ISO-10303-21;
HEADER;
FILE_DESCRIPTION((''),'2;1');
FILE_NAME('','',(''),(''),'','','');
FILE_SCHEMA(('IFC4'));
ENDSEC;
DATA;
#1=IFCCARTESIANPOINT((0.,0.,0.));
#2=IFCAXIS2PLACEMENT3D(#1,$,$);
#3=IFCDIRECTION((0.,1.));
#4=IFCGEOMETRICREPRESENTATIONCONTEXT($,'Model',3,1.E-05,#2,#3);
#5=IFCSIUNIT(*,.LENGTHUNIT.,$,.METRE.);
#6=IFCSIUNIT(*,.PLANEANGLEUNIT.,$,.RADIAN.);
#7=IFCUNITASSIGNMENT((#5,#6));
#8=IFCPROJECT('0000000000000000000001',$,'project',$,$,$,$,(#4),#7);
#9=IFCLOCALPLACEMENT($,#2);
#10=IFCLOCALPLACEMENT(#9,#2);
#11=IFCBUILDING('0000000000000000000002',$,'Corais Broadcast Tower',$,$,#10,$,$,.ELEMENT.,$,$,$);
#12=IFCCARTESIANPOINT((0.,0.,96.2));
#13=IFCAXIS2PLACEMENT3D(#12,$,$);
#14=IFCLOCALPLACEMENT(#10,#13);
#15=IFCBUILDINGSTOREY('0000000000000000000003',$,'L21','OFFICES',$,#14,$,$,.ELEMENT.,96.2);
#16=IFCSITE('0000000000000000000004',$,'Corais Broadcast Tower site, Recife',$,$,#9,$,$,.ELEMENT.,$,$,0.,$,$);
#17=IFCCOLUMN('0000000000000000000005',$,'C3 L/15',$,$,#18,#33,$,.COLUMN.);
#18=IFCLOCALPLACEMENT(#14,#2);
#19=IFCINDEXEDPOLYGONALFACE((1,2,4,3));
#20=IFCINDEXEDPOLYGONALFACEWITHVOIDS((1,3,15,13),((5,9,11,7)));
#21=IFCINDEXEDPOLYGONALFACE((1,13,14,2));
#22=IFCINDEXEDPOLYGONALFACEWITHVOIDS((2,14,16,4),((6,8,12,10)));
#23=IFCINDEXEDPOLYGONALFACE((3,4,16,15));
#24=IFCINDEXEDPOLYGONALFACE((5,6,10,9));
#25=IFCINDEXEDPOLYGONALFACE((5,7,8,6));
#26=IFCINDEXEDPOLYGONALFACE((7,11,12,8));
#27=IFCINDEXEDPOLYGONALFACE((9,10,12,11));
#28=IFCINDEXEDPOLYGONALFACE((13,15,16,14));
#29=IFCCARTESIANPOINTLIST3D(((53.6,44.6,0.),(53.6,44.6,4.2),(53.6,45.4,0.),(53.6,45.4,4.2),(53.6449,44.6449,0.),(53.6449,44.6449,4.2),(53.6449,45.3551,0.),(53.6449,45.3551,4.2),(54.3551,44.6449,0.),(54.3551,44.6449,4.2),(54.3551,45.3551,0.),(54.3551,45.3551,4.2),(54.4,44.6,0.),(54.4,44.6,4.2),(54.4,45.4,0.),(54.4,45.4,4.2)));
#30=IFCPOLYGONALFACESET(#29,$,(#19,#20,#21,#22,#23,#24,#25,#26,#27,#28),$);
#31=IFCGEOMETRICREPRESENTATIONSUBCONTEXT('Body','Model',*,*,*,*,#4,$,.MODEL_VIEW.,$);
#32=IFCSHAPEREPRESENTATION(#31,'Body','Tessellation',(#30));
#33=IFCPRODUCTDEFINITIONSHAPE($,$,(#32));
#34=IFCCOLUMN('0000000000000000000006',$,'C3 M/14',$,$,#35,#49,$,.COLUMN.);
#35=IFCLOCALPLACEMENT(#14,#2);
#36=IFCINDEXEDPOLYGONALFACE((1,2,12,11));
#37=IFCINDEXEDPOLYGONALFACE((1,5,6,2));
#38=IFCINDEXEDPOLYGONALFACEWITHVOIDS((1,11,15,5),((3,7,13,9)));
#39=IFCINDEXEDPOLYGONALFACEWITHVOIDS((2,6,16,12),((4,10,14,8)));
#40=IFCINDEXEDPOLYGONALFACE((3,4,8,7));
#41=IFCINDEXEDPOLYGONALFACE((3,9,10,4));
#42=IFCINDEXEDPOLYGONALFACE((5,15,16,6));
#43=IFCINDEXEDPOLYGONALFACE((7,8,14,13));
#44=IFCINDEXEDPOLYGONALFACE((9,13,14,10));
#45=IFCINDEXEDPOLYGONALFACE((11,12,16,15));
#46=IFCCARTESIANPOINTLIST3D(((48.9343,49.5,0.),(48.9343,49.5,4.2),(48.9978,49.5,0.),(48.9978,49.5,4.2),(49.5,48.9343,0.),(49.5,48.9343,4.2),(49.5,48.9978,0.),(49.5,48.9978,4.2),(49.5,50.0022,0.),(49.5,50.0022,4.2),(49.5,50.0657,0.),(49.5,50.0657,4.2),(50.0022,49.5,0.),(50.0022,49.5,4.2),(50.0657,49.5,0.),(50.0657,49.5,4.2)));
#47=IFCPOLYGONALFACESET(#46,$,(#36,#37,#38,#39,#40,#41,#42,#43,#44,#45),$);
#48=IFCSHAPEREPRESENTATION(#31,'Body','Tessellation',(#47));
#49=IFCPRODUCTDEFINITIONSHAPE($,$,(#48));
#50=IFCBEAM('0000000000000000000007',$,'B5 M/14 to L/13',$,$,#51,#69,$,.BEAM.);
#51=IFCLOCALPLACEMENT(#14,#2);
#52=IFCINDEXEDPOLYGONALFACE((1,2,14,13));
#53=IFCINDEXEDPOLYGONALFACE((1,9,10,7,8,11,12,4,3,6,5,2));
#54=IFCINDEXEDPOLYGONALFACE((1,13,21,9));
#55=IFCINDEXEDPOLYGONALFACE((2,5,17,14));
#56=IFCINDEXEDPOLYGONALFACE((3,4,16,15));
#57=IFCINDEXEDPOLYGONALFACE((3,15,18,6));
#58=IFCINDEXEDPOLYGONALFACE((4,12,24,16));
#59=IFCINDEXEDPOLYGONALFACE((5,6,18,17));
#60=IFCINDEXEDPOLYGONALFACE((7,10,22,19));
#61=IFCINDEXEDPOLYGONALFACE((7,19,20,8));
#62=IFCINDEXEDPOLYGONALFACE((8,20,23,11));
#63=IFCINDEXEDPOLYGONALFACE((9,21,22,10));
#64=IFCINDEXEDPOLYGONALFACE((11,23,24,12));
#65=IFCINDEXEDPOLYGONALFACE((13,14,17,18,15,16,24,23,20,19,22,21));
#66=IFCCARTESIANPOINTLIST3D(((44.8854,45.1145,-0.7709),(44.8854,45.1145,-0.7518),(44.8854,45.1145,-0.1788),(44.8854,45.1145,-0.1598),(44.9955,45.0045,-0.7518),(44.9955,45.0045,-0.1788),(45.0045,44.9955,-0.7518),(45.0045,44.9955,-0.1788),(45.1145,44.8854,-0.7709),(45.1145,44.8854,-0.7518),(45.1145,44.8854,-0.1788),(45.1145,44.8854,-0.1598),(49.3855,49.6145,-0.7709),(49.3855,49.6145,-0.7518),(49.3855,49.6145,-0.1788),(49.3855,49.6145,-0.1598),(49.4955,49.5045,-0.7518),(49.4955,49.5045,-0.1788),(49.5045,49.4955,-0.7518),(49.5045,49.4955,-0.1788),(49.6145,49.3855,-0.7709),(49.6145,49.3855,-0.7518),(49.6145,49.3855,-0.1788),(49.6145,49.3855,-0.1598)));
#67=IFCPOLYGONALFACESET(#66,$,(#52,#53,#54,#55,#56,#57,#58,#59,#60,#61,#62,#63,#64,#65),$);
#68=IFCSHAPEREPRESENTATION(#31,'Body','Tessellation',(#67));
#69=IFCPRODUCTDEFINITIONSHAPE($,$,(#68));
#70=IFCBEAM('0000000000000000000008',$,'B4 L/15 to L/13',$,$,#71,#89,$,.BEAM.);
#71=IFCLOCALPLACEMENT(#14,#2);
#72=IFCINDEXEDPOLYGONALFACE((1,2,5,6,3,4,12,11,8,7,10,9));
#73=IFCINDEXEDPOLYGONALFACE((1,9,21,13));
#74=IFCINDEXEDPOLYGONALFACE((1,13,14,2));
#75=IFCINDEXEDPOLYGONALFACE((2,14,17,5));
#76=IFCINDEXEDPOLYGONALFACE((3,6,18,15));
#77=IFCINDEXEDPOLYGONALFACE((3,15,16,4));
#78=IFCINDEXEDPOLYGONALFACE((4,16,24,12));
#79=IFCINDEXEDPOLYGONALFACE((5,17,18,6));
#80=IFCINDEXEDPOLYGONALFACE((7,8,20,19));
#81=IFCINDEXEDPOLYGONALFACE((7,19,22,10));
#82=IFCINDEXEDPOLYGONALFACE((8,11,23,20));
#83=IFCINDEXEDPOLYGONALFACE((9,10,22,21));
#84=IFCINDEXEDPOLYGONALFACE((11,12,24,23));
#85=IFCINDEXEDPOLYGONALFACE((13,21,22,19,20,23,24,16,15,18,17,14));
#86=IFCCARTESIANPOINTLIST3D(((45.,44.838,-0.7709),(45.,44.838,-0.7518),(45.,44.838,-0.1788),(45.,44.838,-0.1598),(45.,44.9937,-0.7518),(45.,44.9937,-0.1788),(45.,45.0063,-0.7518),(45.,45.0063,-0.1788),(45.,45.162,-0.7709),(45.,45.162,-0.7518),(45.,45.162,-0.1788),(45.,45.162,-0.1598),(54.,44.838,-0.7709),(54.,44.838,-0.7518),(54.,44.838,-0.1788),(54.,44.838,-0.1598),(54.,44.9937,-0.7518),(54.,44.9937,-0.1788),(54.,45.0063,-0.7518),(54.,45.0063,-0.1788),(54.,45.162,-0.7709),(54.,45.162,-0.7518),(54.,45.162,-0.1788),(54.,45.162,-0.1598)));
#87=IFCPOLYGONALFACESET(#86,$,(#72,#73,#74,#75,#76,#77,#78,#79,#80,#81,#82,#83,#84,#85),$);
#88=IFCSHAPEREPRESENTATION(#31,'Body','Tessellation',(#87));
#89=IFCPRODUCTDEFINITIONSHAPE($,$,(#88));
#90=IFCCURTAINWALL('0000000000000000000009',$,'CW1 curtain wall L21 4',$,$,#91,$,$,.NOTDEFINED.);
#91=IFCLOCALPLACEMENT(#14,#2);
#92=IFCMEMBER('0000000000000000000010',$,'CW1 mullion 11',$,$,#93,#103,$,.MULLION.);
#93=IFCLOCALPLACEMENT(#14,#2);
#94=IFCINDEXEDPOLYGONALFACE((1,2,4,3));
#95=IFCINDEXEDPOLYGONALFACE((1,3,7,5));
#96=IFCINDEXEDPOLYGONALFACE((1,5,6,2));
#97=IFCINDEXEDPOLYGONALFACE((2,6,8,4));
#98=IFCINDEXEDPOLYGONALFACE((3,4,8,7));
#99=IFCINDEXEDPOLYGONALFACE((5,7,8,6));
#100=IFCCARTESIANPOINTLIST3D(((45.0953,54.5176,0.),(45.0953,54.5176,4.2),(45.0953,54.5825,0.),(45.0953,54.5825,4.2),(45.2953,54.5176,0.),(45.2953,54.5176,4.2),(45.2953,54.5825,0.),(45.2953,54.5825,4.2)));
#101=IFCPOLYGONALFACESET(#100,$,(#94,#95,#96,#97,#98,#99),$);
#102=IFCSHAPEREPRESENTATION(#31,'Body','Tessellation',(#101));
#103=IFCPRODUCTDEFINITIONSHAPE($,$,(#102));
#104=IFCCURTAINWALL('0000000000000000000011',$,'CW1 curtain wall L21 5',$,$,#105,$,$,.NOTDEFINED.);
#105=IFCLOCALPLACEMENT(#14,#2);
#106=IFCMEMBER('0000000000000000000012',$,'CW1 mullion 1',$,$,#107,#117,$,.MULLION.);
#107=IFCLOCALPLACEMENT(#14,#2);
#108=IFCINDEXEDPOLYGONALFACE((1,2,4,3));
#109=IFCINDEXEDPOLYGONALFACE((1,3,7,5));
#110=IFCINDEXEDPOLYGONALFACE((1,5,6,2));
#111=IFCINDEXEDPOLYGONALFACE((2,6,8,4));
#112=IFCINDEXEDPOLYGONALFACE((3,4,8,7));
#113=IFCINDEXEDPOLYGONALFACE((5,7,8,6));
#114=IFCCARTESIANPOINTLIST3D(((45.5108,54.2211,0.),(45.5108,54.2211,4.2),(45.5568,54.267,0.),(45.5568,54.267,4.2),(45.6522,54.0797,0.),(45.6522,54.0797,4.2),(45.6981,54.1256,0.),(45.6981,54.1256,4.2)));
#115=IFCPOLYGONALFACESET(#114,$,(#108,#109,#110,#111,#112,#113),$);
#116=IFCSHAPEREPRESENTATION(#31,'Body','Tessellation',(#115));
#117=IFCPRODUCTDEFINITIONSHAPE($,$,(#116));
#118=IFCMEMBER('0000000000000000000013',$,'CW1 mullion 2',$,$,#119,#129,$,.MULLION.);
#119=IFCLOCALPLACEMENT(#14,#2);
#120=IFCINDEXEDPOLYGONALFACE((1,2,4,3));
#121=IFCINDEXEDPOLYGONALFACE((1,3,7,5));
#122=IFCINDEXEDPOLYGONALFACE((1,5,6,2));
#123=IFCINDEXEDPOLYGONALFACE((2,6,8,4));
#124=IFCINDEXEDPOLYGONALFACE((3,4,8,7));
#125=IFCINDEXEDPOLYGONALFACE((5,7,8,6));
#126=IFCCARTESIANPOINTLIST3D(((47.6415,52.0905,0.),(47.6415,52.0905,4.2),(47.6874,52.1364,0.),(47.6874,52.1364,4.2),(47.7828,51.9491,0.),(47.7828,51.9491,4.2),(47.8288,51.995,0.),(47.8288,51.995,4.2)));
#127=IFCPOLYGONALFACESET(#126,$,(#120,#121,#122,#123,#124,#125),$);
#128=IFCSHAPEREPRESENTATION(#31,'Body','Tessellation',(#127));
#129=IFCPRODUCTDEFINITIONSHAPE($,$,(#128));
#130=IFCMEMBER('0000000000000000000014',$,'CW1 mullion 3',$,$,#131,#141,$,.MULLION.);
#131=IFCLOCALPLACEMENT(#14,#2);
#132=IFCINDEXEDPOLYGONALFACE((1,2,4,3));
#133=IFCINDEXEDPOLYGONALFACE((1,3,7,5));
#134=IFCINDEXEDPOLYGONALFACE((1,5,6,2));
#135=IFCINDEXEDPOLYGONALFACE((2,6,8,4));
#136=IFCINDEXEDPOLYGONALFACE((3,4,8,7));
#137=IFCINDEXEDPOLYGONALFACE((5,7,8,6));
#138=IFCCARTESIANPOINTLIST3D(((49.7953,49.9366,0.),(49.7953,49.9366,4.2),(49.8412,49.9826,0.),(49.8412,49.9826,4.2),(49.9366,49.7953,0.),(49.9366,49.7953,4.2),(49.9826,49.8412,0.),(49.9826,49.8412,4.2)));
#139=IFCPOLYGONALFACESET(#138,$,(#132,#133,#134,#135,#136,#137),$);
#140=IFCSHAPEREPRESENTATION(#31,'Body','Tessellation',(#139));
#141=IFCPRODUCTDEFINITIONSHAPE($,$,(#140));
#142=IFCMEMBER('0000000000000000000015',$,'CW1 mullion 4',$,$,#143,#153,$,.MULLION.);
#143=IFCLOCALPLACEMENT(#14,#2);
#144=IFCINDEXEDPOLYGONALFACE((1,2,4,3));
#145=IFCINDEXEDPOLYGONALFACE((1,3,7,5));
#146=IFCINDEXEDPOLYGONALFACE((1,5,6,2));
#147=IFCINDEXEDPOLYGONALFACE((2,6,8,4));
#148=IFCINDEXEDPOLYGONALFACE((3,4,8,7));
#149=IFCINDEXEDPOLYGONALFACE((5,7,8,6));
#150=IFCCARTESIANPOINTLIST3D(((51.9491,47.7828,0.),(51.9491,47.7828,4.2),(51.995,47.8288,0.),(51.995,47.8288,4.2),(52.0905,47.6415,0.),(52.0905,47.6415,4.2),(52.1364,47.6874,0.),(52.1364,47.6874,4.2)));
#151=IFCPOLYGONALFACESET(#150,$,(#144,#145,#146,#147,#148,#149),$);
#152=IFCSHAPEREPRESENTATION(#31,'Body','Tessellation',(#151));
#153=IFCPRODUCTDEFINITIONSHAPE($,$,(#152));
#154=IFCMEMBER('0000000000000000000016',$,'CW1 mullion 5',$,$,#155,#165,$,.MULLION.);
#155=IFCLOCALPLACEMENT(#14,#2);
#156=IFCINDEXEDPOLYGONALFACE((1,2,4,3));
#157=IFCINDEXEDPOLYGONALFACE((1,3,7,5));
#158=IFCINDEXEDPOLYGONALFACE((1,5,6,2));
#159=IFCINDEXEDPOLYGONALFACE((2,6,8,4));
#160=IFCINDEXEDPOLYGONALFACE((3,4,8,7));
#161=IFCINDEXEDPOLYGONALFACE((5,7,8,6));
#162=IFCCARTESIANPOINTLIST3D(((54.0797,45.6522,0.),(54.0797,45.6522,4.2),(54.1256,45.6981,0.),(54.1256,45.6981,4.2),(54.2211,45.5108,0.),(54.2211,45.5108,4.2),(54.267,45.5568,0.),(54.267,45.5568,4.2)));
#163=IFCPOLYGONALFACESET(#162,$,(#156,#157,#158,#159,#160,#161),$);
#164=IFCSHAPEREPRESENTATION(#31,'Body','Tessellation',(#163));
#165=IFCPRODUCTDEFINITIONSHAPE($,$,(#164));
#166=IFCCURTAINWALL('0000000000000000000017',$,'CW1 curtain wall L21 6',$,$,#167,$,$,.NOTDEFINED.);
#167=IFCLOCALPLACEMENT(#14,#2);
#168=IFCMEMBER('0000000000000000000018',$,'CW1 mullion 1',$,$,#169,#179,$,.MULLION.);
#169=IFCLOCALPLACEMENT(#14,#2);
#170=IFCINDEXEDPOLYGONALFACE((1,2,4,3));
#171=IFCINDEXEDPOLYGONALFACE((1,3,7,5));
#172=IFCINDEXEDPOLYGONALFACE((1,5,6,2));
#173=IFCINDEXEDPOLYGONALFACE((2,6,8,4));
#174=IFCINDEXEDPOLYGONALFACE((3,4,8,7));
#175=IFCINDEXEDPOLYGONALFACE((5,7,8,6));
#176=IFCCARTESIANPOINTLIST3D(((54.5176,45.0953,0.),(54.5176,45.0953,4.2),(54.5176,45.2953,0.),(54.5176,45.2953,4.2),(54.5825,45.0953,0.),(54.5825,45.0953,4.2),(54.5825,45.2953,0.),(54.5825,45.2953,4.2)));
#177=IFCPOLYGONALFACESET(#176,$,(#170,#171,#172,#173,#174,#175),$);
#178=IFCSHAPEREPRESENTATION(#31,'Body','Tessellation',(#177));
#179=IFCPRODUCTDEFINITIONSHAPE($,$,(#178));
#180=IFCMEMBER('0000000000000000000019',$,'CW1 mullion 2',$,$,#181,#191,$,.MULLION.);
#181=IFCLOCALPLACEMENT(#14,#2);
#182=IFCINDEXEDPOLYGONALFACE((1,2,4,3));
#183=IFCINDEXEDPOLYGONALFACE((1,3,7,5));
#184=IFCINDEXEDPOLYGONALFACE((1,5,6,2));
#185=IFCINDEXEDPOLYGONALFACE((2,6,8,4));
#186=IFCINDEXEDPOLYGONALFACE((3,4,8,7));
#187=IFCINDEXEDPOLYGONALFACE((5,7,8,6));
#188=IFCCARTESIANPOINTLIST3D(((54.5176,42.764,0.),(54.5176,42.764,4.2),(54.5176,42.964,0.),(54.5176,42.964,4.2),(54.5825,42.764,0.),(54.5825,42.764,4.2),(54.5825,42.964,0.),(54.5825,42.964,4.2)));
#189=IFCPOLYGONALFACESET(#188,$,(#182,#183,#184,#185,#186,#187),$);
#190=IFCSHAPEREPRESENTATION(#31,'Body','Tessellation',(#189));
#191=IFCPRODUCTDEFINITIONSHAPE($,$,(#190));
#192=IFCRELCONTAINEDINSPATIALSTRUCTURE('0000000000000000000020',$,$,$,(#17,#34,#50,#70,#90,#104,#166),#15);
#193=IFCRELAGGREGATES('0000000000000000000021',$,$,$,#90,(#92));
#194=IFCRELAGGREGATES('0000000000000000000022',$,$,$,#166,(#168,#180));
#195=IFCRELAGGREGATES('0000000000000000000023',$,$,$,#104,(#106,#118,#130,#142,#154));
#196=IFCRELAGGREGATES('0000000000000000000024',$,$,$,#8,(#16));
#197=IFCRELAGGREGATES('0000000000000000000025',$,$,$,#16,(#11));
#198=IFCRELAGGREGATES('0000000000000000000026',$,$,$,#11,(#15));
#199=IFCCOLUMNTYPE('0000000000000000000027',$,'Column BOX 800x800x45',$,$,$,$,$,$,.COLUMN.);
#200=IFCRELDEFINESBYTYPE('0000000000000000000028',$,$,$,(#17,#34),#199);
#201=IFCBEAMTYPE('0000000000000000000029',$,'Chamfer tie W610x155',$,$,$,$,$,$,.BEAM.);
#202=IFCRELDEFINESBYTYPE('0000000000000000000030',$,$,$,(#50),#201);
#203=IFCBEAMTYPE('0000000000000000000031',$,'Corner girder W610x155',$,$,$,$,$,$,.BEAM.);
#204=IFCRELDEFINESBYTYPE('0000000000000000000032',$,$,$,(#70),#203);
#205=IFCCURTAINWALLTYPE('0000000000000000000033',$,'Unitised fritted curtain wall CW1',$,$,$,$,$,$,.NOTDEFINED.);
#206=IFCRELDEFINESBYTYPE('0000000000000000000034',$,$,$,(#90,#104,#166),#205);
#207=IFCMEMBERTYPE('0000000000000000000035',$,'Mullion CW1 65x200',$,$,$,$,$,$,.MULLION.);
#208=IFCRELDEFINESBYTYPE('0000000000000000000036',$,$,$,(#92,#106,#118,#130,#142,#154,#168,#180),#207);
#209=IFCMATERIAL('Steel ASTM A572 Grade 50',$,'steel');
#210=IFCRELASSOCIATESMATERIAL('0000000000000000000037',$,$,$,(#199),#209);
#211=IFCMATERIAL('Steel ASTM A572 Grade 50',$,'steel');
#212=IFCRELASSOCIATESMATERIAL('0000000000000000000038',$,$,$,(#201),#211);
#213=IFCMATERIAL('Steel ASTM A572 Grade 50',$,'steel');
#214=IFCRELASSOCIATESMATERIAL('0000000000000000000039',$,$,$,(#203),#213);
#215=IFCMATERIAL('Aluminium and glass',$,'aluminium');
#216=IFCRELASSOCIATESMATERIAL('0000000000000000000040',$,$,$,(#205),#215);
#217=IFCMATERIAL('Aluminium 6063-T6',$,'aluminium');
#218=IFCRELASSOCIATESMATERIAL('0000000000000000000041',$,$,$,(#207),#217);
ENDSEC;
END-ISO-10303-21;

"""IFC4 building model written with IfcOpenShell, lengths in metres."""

from ifc_helpers import new_model, si_unit, direction, frame, origin, origin_2d, place, context, subcontext, project, spatial, rectangle, hollow_rectangle, i_section, extrude, material, material_profile, profile_set, type_object, element, aggregate, save


model = new_model("IFC4")

# Units and contexts
model_context = context("Model", 3, precision=1e-05, world=origin(), true_north=direction((0.0, 1.0)))
body_context = subcontext(model_context, "Body", "Model", "MODEL_VIEW")
ifc_project = project(units=[si_unit("LENGTHUNIT", "METRE"), si_unit("PLANEANGLEUNIT", "RADIAN")], contexts=[model_context])

# Site, building, storey
site_placement = place(None, origin())
site = spatial("IfcSite", under=ifc_project, at=site_placement, Name="Corais Broadcast Tower site, Recife", CompositionType="ELEMENT", RefElevation=0.0)
building_placement = place(site_placement, origin())
building = spatial("IfcBuilding", under=site, at=building_placement, Name="Corais Broadcast Tower", CompositionType="ELEMENT")
storey_placement = place(building_placement, frame((0.0, 0.0, 96.2)))
storey = spatial("IfcBuildingStorey", under=building, at=storey_placement, Name="L21", Description="OFFICES", CompositionType="ELEMENT", Elevation=96.2)

# Columns
ifc_material_1 = material(Name="Steel ASTM A572 Grade 50", Category="steel")
ifc_material_profile_1 = material_profile(ifc_material_1, hollow_rectangle(XDim=0.8, YDim=0.8, WallThickness=0.0449, at=origin_2d()), Name="BOX 800x800x45")
ifc_profile_set_1 = profile_set([ifc_material_profile_1], Name="Steel ASTM A572 Grade 50")
column_type = type_object("IfcColumnType", Name="Column BOX 800x800x45", PredefinedType="COLUMN", material=ifc_profile_set_1)
for number, where, z_axis, x_axis, name in (
    (1, (54.0, 45.0, 0.0), (0.0, 0.0, 1.0), (1.0, 0.0, 0.0), "C3 L/15"),
    (2, (49.5, 49.5, 0.0), (0.0, 0.0, 1.0), (0.707107, 0.707107, 0.0), "C3 M/14"),
):
    element("IfcColumn", number, at=place(storey_placement, frame(where, z_axis=z_axis, x_axis=x_axis)), inside=storey, type_object=column_type, Name=name, PredefinedType="COLUMN", context=body_context, shape_type="SweptSolid", body=[
        extrude(hollow_rectangle(XDim=0.8, YDim=0.8, WallThickness=0.0449, at=origin_2d()), origin(), (0.0, 0.0, 1.0), 4.2),
    ])

# Beams
ifc_material_2 = material(Name="Steel ASTM A572 Grade 50", Category="steel")
ifc_material_profile_2 = material_profile(ifc_material_2, i_section(OverallWidth=0.324, OverallDepth=0.6111, WebThickness=0.0127, FlangeThickness=0.019, at=origin_2d()), Name="W610x155")
ifc_profile_set_2 = profile_set([ifc_material_profile_2], Name="Steel ASTM A572 Grade 50")
beam_type_1 = type_object("IfcBeamType", Name="Chamfer tie W610x155", PredefinedType="BEAM", material=ifc_profile_set_2)
beam_1_placement = place(storey_placement, frame((49.5, 49.5, -0.4653), z_axis=(-0.707107, -0.707107, 0.0), x_axis=(0.707107, -0.707107, 0.0)))
element("IfcBeam", 3, at=beam_1_placement, inside=storey, type_object=beam_type_1, Name="B5 M/14 to L/13", PredefinedType="BEAM", context=body_context, shape_type="SweptSolid", body=[
    extrude(i_section(OverallWidth=0.324, OverallDepth=0.6111, WebThickness=0.0127, FlangeThickness=0.019, at=origin_2d()), origin(), (0.0, 0.0, 1.0), 6.364),
])
ifc_material_3 = material(Name="Steel ASTM A572 Grade 50", Category="steel")
ifc_material_profile_3 = material_profile(ifc_material_3, i_section(OverallWidth=0.324, OverallDepth=0.6111, WebThickness=0.0127, FlangeThickness=0.019, at=origin_2d()), Name="W610x155")
ifc_profile_set_3 = profile_set([ifc_material_profile_3], Name="Steel ASTM A572 Grade 50")
beam_type_2 = type_object("IfcBeamType", Name="Corner girder W610x155", PredefinedType="BEAM", material=ifc_profile_set_3)
beam_2_placement = place(storey_placement, frame((54.0, 45.0, -0.4653), z_axis=(-1.0, 0.0, 0.0), x_axis=(0.0, -1.0, 0.0)))
element("IfcBeam", 4, at=beam_2_placement, inside=storey, type_object=beam_type_2, Name="B4 L/15 to L/13", PredefinedType="BEAM", context=body_context, shape_type="SweptSolid", body=[
    extrude(i_section(OverallWidth=0.324, OverallDepth=0.6111, WebThickness=0.0127, FlangeThickness=0.019, at=origin_2d()), origin(), (0.0, 0.0, 1.0), 9.0),
])

# Curtain wall, member
ifc_material_4 = material(Name="Aluminium and glass", Category="aluminium")
curtain_wall_type = type_object("IfcCurtainWallType", Name="Unitised fritted curtain wall CW1", PredefinedType="NOTDEFINED", material=ifc_material_4)
curtain_wall_1_placement = place(storey_placement, origin())
curtain_wall_1 = element("IfcCurtainWall", 5, at=curtain_wall_1_placement, inside=storey, type_object=curtain_wall_type, Name="CW1 curtain wall L21 4", PredefinedType="NOTDEFINED")
ifc_material_5 = material(Name="Aluminium 6063-T6", Category="aluminium")
ifc_material_profile_4 = material_profile(ifc_material_5, rectangle(XDim=0.0649, YDim=0.2, at=origin_2d()), Name="Mullion CW1 65x200")
ifc_profile_set_4 = profile_set([ifc_material_profile_4], Name="Aluminium 6063-T6")
member_type_1 = type_object("IfcMemberType", Name="Mullion CW1 65x200", PredefinedType="MULLION", material=ifc_profile_set_4)
member_1_placement = place(storey_placement, frame((45.1953, 54.55, 0.0), z_axis=(0.0, 0.0, 1.0), x_axis=(0.0, 1.0, 0.0)))
member_1 = element("IfcMember", 6, at=member_1_placement, type_object=member_type_1, Name="CW1 mullion 11", PredefinedType="MULLION", context=body_context, shape_type="SweptSolid", body=[
    extrude(rectangle(XDim=0.0649, YDim=0.2, at=origin_2d()), origin(), (0.0, 0.0, 1.0), 4.2),
])
aggregate(curtain_wall_1, [member_1])

# Curtain walls, members
curtain_wall_2_placement = place(storey_placement, origin())
curtain_wall_2 = element("IfcCurtainWall", 7, at=curtain_wall_2_placement, inside=storey, type_object=curtain_wall_type, Name="CW1 curtain wall L21 5", PredefinedType="NOTDEFINED")
member_2_placement = place(storey_placement, frame((45.6045, 54.1733, 0.0), z_axis=(0.0, 0.0, 1.0), x_axis=(0.707107, 0.707107, 0.0)))
member_2 = element("IfcMember", 8, at=member_2_placement, type_object=member_type_1, Name="CW1 mullion 1", PredefinedType="MULLION", context=body_context, shape_type="SweptSolid", body=[
    extrude(rectangle(XDim=0.0649, YDim=0.2, at=origin_2d()), origin(), (0.0, 0.0, 1.0), 4.2),
])
member_3_placement = place(storey_placement, frame((47.7351, 52.0427, 0.0), z_axis=(0.0, 0.0, 1.0), x_axis=(0.707107, 0.707107, 0.0)))
member_3 = element("IfcMember", 9, at=member_3_placement, type_object=member_type_1, Name="CW1 mullion 2", PredefinedType="MULLION", context=body_context, shape_type="SweptSolid", body=[
    extrude(rectangle(XDim=0.0649, YDim=0.2, at=origin_2d()), origin(), (0.0, 0.0, 1.0), 4.2),
])
member_4_placement = place(storey_placement, frame((49.8889, 49.8889, 0.0), z_axis=(0.0, 0.0, 1.0), x_axis=(0.707107, 0.707107, 0.0)))
member_4 = element("IfcMember", 10, at=member_4_placement, type_object=member_type_1, Name="CW1 mullion 3", PredefinedType="MULLION", context=body_context, shape_type="SweptSolid", body=[
    extrude(rectangle(XDim=0.0649, YDim=0.2, at=origin_2d()), origin(), (0.0, 0.0, 1.0), 4.2),
])
member_5_placement = place(storey_placement, frame((52.0427, 47.7351, 0.0), z_axis=(0.0, 0.0, 1.0), x_axis=(0.707107, 0.707107, 0.0)))
member_5 = element("IfcMember", 11, at=member_5_placement, type_object=member_type_1, Name="CW1 mullion 4", PredefinedType="MULLION", context=body_context, shape_type="SweptSolid", body=[
    extrude(rectangle(XDim=0.0649, YDim=0.2, at=origin_2d()), origin(), (0.0, 0.0, 1.0), 4.2),
])
member_6_placement = place(storey_placement, frame((54.1733, 45.6045, 0.0), z_axis=(0.0, 0.0, 1.0), x_axis=(0.707107, 0.707107, 0.0)))
member_6 = element("IfcMember", 12, at=member_6_placement, type_object=member_type_1, Name="CW1 mullion 5", PredefinedType="MULLION", context=body_context, shape_type="SweptSolid", body=[
    extrude(rectangle(XDim=0.0649, YDim=0.2, at=origin_2d()), origin(), (0.0, 0.0, 1.0), 4.2),
])
curtain_wall_3_placement = place(storey_placement, origin())
curtain_wall_3 = element("IfcCurtainWall", 13, at=curtain_wall_3_placement, inside=storey, type_object=curtain_wall_type, Name="CW1 curtain wall L21 6", PredefinedType="NOTDEFINED")
member_7_placement = place(storey_placement, frame((54.55, 45.1953, 0.0), z_axis=(0.0, 0.0, 1.0), x_axis=(1.0, 0.0, 0.0)))
member_7 = element("IfcMember", 14, at=member_7_placement, type_object=member_type_1, Name="CW1 mullion 1", PredefinedType="MULLION", context=body_context, shape_type="SweptSolid", body=[
    extrude(rectangle(XDim=0.0649, YDim=0.2, at=origin_2d()), origin(), (0.0, 0.0, 1.0), 4.2),
])
member_8_placement = place(storey_placement, frame((54.55, 42.864, 0.0), z_axis=(0.0, 0.0, 1.0), x_axis=(1.0, 0.0, 0.0)))
member_8 = element("IfcMember", 15, at=member_8_placement, type_object=member_type_1, Name="CW1 mullion 2", PredefinedType="MULLION", context=body_context, shape_type="SweptSolid", body=[
    extrude(rectangle(XDim=0.0649, YDim=0.2, at=origin_2d()), origin(), (0.0, 0.0, 1.0), 4.2),
])

aggregate(curtain_wall_3, [member_7, member_8])
aggregate(curtain_wall_2, [member_2, member_3, member_4, member_5, member_6])

save(model, "model.ifc")
